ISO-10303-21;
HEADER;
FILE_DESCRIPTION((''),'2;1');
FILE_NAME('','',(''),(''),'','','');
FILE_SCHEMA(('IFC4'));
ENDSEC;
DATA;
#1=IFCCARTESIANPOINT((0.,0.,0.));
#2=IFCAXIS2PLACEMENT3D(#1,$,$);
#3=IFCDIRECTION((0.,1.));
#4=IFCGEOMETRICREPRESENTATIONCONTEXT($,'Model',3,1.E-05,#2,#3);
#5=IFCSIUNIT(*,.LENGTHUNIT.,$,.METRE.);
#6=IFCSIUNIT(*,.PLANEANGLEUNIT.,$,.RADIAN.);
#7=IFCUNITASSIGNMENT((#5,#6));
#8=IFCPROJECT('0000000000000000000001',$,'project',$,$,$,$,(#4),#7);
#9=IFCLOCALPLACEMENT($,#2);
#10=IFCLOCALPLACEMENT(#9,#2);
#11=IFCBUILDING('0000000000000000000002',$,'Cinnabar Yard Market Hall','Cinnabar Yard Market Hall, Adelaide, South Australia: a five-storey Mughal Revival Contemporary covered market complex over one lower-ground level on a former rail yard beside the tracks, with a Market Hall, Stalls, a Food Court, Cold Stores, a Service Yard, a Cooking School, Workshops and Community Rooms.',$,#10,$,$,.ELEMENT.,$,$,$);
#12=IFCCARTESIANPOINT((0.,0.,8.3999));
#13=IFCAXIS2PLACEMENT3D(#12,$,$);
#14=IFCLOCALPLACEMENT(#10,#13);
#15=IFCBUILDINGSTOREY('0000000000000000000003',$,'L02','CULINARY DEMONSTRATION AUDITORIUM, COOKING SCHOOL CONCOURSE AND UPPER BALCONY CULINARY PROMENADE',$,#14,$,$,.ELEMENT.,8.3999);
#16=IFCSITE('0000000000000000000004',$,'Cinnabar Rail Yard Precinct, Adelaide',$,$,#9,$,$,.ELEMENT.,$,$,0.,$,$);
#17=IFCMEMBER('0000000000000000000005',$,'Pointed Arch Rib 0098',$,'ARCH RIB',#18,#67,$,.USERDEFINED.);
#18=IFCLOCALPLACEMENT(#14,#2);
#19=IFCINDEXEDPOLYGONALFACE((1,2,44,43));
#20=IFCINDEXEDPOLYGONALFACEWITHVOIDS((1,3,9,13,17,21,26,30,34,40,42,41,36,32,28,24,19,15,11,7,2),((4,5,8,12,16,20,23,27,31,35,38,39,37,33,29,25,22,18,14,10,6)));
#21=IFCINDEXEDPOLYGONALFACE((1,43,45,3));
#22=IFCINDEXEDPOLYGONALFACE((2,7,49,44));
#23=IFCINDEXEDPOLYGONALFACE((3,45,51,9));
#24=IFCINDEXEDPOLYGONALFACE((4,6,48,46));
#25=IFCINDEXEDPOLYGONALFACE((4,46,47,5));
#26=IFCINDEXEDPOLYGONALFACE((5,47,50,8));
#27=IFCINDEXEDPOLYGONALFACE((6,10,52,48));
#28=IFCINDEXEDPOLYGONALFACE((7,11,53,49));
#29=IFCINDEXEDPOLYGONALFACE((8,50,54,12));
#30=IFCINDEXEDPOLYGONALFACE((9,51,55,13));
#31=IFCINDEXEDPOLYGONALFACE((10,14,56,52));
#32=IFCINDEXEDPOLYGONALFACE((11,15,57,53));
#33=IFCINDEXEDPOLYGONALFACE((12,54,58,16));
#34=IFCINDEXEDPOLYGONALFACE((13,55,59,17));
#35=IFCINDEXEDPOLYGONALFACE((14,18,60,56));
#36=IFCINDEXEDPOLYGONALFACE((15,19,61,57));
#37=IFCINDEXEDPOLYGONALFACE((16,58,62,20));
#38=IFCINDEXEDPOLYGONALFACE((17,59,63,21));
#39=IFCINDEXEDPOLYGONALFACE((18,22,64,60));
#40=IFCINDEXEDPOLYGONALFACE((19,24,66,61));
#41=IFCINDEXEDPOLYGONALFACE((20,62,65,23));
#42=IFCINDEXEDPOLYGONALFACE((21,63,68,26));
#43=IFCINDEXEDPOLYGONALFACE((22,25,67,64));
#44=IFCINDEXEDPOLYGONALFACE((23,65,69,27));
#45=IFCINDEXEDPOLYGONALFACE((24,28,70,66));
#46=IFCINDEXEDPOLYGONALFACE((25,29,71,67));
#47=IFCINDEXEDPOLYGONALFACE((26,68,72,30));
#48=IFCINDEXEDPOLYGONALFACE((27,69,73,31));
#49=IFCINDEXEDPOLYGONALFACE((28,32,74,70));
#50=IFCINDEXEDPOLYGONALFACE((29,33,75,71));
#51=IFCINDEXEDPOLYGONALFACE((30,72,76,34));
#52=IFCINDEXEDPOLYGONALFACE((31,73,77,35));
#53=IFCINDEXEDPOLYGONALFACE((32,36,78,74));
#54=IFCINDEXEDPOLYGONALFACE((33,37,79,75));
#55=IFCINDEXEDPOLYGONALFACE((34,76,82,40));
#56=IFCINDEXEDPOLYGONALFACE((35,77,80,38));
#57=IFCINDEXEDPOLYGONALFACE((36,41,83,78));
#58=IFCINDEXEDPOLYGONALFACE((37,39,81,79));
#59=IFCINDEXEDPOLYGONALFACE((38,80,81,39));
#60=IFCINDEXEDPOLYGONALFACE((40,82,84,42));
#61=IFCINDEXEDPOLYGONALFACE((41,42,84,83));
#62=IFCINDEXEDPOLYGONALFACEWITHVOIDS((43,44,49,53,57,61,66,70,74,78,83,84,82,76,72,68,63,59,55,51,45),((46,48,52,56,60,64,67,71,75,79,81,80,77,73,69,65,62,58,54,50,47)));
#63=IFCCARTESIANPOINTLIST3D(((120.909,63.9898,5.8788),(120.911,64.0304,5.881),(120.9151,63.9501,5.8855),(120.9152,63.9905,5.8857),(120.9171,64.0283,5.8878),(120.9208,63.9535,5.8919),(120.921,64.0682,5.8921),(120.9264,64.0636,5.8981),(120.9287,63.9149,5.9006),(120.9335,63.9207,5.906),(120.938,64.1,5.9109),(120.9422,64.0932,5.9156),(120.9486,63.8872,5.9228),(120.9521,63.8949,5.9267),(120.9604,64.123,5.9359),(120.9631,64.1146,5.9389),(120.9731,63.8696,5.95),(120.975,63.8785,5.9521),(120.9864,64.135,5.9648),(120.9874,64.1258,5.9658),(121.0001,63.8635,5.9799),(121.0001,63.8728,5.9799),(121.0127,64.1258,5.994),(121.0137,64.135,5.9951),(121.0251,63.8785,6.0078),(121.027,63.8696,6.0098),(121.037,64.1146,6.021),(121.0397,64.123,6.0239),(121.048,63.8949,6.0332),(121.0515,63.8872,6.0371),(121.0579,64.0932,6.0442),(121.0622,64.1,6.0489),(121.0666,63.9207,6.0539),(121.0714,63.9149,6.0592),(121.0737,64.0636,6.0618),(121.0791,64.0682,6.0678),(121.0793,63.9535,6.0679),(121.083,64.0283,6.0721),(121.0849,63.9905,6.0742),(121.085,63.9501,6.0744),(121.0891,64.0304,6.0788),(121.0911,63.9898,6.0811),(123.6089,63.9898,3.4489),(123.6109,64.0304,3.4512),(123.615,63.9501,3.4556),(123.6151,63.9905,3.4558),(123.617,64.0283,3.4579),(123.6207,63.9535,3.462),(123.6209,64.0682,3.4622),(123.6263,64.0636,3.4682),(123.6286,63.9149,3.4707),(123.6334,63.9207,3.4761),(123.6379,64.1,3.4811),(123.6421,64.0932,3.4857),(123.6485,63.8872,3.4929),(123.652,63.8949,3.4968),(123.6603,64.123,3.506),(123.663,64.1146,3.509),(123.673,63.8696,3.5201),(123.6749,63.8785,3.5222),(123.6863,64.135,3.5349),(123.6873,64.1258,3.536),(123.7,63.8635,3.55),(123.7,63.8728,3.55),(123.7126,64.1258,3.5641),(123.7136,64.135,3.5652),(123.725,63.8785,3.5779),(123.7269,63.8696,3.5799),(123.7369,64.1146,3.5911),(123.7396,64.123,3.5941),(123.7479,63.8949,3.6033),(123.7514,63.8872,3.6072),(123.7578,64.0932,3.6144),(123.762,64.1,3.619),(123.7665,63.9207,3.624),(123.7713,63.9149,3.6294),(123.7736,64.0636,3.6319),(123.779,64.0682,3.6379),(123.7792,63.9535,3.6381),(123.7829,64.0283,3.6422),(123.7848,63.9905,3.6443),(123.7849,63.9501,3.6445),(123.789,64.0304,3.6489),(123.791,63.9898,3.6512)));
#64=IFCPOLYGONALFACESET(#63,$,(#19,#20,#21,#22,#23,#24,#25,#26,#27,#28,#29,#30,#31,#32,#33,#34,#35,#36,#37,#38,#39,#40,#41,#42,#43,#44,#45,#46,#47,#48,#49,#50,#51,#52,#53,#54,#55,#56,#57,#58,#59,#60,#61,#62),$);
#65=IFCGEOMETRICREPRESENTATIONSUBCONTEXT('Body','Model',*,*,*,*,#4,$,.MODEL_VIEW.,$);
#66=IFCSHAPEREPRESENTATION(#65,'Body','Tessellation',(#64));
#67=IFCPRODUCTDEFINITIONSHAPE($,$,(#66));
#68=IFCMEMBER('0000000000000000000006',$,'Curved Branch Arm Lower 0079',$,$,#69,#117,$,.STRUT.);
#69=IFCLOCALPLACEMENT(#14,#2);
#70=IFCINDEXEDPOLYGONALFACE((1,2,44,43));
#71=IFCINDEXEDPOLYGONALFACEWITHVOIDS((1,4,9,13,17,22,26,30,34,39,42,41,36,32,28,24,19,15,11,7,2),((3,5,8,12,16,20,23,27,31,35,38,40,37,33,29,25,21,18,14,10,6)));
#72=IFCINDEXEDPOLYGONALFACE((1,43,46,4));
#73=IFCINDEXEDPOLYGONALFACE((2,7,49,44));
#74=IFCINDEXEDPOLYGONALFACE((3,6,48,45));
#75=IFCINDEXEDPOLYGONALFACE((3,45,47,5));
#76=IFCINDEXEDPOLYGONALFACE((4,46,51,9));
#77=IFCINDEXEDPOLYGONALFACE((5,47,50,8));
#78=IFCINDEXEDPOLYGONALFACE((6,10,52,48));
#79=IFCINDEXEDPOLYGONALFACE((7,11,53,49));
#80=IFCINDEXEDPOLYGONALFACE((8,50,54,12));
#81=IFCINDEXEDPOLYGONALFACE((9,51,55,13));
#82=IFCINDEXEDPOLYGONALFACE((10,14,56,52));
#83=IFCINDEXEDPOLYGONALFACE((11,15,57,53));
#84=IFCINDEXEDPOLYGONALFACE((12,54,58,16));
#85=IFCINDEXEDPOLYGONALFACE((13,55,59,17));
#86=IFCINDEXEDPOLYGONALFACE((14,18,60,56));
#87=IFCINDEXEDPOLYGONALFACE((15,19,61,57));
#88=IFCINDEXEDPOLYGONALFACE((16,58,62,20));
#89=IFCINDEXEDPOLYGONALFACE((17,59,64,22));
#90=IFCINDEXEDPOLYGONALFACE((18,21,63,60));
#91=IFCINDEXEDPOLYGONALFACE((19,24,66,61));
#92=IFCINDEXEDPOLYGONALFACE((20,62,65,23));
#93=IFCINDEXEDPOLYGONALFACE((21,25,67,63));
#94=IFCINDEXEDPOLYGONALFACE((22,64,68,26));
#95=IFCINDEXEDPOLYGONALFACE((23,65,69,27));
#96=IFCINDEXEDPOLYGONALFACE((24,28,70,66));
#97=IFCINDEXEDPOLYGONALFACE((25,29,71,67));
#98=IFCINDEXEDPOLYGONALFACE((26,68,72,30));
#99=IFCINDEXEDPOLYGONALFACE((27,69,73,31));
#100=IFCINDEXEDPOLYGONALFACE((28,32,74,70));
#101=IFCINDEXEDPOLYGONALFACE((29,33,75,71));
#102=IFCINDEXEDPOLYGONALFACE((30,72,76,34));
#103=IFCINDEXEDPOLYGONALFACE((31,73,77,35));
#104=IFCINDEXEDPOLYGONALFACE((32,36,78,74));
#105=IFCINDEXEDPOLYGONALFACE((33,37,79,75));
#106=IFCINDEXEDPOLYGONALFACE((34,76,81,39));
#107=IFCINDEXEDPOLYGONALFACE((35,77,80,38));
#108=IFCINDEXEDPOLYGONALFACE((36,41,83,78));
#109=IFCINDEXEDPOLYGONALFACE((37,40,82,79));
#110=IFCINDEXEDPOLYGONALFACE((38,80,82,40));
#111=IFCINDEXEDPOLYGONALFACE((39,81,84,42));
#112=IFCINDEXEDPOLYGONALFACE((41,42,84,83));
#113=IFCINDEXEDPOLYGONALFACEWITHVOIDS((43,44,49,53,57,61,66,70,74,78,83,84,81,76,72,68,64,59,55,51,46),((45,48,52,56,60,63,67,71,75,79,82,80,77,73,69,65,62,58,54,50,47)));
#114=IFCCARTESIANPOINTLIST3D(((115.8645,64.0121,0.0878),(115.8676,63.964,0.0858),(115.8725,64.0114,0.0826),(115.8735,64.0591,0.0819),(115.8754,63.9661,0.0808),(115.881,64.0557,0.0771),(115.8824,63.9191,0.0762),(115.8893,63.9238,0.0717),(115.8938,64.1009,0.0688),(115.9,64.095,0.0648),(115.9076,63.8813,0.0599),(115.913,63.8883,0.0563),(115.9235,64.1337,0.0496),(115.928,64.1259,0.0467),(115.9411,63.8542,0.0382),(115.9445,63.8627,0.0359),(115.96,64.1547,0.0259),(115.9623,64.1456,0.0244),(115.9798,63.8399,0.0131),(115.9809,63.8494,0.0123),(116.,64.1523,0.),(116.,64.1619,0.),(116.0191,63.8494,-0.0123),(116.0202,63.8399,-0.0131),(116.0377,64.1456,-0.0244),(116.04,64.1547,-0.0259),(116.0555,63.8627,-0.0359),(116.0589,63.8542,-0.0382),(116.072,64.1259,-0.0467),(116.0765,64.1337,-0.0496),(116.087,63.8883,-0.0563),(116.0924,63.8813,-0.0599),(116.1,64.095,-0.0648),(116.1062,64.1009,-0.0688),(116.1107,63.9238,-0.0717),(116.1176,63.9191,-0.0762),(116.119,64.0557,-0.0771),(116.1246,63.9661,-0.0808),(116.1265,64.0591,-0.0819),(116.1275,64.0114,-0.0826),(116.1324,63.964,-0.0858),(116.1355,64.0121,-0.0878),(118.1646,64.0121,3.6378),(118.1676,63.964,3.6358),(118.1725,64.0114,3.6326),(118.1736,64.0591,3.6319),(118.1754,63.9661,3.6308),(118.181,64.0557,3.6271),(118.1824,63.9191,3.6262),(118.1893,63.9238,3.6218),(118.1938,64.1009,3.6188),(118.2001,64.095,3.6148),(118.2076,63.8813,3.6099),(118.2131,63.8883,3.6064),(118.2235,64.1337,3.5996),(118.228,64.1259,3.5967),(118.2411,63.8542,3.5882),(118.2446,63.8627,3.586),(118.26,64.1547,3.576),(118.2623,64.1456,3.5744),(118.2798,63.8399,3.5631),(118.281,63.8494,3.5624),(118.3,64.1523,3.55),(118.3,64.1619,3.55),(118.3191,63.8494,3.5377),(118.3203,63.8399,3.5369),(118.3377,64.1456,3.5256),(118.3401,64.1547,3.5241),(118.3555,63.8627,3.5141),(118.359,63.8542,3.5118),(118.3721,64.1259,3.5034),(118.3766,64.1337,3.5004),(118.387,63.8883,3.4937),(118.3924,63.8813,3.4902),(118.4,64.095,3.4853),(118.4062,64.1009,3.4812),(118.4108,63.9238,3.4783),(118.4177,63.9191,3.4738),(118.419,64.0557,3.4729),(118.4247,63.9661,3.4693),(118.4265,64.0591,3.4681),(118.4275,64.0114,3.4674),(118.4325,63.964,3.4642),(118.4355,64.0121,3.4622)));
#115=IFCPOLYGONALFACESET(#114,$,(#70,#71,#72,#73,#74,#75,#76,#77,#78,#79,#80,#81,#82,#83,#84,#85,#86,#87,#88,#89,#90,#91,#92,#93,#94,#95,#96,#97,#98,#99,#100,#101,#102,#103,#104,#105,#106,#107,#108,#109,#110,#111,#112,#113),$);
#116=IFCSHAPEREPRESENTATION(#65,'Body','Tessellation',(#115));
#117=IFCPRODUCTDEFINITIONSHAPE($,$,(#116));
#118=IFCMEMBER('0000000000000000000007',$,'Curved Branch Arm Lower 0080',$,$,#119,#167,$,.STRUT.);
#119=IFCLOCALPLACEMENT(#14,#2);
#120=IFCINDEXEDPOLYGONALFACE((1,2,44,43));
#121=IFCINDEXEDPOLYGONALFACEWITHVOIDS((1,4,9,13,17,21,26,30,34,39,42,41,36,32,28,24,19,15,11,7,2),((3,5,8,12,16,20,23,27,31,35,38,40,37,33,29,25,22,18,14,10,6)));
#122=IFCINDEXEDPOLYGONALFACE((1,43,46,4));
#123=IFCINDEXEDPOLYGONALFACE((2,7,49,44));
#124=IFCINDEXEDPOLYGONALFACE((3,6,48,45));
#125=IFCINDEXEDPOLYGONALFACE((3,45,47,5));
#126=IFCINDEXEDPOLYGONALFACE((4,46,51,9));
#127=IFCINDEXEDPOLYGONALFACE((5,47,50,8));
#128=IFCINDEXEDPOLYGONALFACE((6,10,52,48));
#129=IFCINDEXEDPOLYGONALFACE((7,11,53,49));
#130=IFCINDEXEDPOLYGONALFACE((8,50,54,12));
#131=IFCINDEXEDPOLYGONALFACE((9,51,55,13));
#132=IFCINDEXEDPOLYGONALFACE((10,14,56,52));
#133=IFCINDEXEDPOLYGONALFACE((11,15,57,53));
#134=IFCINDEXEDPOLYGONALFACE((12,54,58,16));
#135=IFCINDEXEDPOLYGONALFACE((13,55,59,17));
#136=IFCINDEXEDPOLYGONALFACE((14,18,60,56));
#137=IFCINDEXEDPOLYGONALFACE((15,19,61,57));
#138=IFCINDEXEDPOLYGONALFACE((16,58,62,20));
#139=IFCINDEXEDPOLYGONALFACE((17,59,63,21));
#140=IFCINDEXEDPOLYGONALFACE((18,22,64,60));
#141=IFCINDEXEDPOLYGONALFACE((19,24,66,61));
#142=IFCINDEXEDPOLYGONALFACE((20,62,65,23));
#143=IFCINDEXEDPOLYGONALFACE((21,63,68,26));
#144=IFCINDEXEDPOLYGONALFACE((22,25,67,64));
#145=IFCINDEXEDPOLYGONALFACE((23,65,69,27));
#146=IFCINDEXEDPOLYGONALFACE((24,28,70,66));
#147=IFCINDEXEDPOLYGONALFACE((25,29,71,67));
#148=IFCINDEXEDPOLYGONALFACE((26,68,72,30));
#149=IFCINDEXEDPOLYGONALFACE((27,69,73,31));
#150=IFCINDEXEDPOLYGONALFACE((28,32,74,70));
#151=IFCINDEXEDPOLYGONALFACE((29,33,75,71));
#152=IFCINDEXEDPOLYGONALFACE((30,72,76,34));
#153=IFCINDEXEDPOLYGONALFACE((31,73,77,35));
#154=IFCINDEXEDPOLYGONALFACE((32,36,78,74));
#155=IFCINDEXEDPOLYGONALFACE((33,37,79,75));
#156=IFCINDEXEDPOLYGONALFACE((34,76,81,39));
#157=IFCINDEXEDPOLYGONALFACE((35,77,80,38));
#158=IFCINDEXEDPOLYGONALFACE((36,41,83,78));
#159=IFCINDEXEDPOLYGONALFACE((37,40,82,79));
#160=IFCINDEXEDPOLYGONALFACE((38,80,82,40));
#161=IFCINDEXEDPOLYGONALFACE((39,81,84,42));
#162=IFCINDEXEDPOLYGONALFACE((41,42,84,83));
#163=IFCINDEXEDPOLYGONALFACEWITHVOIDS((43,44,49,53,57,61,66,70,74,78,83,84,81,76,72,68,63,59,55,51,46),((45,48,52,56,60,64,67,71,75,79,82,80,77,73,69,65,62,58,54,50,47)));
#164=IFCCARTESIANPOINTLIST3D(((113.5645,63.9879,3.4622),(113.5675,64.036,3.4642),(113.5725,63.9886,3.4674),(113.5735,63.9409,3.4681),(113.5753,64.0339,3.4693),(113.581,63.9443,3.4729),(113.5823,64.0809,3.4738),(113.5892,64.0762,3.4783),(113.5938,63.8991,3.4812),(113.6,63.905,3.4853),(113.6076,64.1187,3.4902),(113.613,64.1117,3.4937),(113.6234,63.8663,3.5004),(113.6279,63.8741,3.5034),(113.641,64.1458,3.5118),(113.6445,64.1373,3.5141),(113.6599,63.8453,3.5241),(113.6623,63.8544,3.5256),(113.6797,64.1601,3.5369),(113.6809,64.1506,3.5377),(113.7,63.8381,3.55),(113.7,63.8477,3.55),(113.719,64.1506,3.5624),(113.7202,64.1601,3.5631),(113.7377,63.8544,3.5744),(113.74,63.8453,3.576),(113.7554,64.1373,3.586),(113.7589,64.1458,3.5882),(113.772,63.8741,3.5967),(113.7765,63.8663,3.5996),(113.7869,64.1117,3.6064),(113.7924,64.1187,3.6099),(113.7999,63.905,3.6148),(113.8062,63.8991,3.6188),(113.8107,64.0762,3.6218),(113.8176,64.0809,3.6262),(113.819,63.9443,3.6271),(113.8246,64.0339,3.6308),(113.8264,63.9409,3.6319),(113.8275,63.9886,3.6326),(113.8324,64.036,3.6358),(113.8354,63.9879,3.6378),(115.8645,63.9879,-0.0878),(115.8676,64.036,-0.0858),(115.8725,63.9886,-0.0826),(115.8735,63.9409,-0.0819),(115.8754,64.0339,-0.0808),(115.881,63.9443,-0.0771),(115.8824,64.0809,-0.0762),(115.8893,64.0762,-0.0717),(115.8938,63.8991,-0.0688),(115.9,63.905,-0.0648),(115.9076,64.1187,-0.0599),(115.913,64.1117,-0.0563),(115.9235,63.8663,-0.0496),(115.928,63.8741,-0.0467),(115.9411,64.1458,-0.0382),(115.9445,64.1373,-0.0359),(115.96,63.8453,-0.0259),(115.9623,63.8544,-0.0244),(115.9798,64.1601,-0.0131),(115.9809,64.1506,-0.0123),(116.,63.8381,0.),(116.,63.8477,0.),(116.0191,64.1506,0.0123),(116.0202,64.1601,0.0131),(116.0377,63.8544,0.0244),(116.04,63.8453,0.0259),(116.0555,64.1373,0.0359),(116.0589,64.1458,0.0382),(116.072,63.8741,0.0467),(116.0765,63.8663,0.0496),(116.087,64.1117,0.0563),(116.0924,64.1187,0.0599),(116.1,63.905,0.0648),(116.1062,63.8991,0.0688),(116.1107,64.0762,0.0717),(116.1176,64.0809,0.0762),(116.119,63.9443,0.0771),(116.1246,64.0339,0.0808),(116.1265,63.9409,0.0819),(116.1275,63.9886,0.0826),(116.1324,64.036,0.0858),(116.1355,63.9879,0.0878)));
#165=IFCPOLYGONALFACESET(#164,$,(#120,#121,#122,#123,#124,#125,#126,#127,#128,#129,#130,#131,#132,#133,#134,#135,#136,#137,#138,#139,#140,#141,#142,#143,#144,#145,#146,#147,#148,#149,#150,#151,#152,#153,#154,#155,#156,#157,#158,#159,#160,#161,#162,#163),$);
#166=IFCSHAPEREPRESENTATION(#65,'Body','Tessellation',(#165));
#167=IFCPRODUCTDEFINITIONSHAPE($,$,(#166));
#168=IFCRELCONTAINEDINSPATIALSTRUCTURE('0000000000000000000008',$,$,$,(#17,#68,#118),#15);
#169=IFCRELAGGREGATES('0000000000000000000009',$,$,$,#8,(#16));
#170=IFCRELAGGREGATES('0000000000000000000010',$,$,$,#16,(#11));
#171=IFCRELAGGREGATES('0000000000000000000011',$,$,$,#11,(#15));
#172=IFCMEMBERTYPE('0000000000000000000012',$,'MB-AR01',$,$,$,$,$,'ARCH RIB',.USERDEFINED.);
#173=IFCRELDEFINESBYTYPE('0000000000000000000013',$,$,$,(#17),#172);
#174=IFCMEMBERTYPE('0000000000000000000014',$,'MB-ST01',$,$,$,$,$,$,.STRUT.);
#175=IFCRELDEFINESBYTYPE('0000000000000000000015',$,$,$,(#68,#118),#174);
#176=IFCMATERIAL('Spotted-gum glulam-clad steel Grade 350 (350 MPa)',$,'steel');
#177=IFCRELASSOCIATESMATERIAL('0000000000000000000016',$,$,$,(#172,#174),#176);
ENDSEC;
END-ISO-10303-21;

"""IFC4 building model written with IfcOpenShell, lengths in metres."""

from ifc_helpers import new_model, si_unit, direction, frame, origin, origin_2d_with_axis, place, context, subcontext, project, spatial, hollow_circle, extrude, material, material_profile, profile_set, type_object, element, save


model = new_model("IFC4")

# Units and contexts
model_context = context("Model", 3, precision=1e-05, world=origin(), true_north=direction((0.0, 1.0)))
body_context = subcontext(model_context, "Body", "Model", "MODEL_VIEW")
ifc_project = project(units=[si_unit("LENGTHUNIT", "METRE"), si_unit("PLANEANGLEUNIT", "RADIAN")], contexts=[model_context])

# Site, building, storey
site_placement = place(None, origin())
site = spatial("IfcSite", under=ifc_project, at=site_placement, Name="Cinnabar Rail Yard Precinct, Adelaide", CompositionType="ELEMENT", RefElevation=0.0)
building_placement = place(site_placement, origin())
building = spatial("IfcBuilding", under=site, at=building_placement, Name="Cinnabar Yard Market Hall", Description="Cinnabar Yard Market Hall, Adelaide, South Australia: a five-storey Mughal Revival Contemporary covered market complex over one lower-ground level on a former rail yard beside the tracks, with a Market Hall, Stalls, a Food Court, Cold Stores, a Service Yard, a Cooking School, Workshops and Community Rooms.", CompositionType="ELEMENT")
storey_placement = place(building_placement, frame((0.0, 0.0, 8.3999)))
storey = spatial("IfcBuildingStorey", under=building, at=storey_placement, Name="L02", Description="CULINARY DEMONSTRATION AUDITORIUM, COOKING SCHOOL CONCOURSE AND UPPER BALCONY CULINARY PROMENADE", CompositionType="ELEMENT", Elevation=8.3999)

# Members
ifc_material_1 = material(Name="Spotted-gum glulam-clad steel Grade 350 (350 MPa)", Category="steel")
ifc_material_profile_1 = material_profile(ifc_material_1, hollow_circle(Radius=0.1365, WallThickness=0.0093, at=origin_2d_with_axis()), Name="273.1x9.3CHS")
ifc_profile_set_1 = profile_set([ifc_material_profile_1], Name="Spotted-gum glulam-clad steel Grade 350 (350 MPa)")
member_type_1 = type_object("IfcMemberType", Name="MB-AR01", ElementType="ARCH RIB", PredefinedType="USERDEFINED", material=ifc_profile_set_1)
for number, where, z_axis, x_axis, name in (
    (1, (123.7, 64.0, 3.55), (-0.743297, 0.0, 0.668961), (0.0, -1.0, 0.0), "Pointed Arch Rib 0098"),
):
    element("IfcMember", number, at=place(storey_placement, frame(where, z_axis=z_axis, x_axis=x_axis)), inside=storey, type_object=member_type_1, Name=name, ObjectType="ARCH RIB", PredefinedType="USERDEFINED", context=body_context, shape_type="SweptSolid", body=[
        extrude(hollow_circle(Radius=0.1365, WallThickness=0.0093, at=origin_2d_with_axis()), origin(), (0.0, 0.0, 1.0), 3.6323),
    ])
ifc_material_profile_2 = material_profile(ifc_material_1, hollow_circle(Radius=0.1619, WallThickness=0.0095, at=origin_2d_with_axis()), Name="323.9x9.5CHS")
ifc_profile_set_2 = profile_set([ifc_material_profile_2], Name="Spotted-gum glulam-clad steel Grade 350 (350 MPa)")
member_type_2 = type_object("IfcMemberType", Name="MB-ST01", PredefinedType="STRUT", material=ifc_profile_set_2)
for number, where, z_axis, x_axis, name in (
    (2, (116.0, 64.0, 0.0), (0.543744, 0.0, 0.839251), (0.0, 1.0, 0.0), "Curved Branch Arm Lower 0079"),
    (3, (116.0, 64.0, 0.0), (-0.543744, 0.0, 0.839251), (0.0, -1.0, 0.0), "Curved Branch Arm Lower 0080"),
):
    element("IfcMember", number, at=place(storey_placement, frame(where, z_axis=z_axis, x_axis=x_axis)), inside=storey, type_object=member_type_2, Name=name, PredefinedType="STRUT", context=body_context, shape_type="SweptSolid", body=[
        extrude(hollow_circle(Radius=0.1619, WallThickness=0.0095, at=origin_2d_with_axis()), origin(), (0.0, 0.0, 1.0), 4.23),
    ])

save(model, "model.ifc")
